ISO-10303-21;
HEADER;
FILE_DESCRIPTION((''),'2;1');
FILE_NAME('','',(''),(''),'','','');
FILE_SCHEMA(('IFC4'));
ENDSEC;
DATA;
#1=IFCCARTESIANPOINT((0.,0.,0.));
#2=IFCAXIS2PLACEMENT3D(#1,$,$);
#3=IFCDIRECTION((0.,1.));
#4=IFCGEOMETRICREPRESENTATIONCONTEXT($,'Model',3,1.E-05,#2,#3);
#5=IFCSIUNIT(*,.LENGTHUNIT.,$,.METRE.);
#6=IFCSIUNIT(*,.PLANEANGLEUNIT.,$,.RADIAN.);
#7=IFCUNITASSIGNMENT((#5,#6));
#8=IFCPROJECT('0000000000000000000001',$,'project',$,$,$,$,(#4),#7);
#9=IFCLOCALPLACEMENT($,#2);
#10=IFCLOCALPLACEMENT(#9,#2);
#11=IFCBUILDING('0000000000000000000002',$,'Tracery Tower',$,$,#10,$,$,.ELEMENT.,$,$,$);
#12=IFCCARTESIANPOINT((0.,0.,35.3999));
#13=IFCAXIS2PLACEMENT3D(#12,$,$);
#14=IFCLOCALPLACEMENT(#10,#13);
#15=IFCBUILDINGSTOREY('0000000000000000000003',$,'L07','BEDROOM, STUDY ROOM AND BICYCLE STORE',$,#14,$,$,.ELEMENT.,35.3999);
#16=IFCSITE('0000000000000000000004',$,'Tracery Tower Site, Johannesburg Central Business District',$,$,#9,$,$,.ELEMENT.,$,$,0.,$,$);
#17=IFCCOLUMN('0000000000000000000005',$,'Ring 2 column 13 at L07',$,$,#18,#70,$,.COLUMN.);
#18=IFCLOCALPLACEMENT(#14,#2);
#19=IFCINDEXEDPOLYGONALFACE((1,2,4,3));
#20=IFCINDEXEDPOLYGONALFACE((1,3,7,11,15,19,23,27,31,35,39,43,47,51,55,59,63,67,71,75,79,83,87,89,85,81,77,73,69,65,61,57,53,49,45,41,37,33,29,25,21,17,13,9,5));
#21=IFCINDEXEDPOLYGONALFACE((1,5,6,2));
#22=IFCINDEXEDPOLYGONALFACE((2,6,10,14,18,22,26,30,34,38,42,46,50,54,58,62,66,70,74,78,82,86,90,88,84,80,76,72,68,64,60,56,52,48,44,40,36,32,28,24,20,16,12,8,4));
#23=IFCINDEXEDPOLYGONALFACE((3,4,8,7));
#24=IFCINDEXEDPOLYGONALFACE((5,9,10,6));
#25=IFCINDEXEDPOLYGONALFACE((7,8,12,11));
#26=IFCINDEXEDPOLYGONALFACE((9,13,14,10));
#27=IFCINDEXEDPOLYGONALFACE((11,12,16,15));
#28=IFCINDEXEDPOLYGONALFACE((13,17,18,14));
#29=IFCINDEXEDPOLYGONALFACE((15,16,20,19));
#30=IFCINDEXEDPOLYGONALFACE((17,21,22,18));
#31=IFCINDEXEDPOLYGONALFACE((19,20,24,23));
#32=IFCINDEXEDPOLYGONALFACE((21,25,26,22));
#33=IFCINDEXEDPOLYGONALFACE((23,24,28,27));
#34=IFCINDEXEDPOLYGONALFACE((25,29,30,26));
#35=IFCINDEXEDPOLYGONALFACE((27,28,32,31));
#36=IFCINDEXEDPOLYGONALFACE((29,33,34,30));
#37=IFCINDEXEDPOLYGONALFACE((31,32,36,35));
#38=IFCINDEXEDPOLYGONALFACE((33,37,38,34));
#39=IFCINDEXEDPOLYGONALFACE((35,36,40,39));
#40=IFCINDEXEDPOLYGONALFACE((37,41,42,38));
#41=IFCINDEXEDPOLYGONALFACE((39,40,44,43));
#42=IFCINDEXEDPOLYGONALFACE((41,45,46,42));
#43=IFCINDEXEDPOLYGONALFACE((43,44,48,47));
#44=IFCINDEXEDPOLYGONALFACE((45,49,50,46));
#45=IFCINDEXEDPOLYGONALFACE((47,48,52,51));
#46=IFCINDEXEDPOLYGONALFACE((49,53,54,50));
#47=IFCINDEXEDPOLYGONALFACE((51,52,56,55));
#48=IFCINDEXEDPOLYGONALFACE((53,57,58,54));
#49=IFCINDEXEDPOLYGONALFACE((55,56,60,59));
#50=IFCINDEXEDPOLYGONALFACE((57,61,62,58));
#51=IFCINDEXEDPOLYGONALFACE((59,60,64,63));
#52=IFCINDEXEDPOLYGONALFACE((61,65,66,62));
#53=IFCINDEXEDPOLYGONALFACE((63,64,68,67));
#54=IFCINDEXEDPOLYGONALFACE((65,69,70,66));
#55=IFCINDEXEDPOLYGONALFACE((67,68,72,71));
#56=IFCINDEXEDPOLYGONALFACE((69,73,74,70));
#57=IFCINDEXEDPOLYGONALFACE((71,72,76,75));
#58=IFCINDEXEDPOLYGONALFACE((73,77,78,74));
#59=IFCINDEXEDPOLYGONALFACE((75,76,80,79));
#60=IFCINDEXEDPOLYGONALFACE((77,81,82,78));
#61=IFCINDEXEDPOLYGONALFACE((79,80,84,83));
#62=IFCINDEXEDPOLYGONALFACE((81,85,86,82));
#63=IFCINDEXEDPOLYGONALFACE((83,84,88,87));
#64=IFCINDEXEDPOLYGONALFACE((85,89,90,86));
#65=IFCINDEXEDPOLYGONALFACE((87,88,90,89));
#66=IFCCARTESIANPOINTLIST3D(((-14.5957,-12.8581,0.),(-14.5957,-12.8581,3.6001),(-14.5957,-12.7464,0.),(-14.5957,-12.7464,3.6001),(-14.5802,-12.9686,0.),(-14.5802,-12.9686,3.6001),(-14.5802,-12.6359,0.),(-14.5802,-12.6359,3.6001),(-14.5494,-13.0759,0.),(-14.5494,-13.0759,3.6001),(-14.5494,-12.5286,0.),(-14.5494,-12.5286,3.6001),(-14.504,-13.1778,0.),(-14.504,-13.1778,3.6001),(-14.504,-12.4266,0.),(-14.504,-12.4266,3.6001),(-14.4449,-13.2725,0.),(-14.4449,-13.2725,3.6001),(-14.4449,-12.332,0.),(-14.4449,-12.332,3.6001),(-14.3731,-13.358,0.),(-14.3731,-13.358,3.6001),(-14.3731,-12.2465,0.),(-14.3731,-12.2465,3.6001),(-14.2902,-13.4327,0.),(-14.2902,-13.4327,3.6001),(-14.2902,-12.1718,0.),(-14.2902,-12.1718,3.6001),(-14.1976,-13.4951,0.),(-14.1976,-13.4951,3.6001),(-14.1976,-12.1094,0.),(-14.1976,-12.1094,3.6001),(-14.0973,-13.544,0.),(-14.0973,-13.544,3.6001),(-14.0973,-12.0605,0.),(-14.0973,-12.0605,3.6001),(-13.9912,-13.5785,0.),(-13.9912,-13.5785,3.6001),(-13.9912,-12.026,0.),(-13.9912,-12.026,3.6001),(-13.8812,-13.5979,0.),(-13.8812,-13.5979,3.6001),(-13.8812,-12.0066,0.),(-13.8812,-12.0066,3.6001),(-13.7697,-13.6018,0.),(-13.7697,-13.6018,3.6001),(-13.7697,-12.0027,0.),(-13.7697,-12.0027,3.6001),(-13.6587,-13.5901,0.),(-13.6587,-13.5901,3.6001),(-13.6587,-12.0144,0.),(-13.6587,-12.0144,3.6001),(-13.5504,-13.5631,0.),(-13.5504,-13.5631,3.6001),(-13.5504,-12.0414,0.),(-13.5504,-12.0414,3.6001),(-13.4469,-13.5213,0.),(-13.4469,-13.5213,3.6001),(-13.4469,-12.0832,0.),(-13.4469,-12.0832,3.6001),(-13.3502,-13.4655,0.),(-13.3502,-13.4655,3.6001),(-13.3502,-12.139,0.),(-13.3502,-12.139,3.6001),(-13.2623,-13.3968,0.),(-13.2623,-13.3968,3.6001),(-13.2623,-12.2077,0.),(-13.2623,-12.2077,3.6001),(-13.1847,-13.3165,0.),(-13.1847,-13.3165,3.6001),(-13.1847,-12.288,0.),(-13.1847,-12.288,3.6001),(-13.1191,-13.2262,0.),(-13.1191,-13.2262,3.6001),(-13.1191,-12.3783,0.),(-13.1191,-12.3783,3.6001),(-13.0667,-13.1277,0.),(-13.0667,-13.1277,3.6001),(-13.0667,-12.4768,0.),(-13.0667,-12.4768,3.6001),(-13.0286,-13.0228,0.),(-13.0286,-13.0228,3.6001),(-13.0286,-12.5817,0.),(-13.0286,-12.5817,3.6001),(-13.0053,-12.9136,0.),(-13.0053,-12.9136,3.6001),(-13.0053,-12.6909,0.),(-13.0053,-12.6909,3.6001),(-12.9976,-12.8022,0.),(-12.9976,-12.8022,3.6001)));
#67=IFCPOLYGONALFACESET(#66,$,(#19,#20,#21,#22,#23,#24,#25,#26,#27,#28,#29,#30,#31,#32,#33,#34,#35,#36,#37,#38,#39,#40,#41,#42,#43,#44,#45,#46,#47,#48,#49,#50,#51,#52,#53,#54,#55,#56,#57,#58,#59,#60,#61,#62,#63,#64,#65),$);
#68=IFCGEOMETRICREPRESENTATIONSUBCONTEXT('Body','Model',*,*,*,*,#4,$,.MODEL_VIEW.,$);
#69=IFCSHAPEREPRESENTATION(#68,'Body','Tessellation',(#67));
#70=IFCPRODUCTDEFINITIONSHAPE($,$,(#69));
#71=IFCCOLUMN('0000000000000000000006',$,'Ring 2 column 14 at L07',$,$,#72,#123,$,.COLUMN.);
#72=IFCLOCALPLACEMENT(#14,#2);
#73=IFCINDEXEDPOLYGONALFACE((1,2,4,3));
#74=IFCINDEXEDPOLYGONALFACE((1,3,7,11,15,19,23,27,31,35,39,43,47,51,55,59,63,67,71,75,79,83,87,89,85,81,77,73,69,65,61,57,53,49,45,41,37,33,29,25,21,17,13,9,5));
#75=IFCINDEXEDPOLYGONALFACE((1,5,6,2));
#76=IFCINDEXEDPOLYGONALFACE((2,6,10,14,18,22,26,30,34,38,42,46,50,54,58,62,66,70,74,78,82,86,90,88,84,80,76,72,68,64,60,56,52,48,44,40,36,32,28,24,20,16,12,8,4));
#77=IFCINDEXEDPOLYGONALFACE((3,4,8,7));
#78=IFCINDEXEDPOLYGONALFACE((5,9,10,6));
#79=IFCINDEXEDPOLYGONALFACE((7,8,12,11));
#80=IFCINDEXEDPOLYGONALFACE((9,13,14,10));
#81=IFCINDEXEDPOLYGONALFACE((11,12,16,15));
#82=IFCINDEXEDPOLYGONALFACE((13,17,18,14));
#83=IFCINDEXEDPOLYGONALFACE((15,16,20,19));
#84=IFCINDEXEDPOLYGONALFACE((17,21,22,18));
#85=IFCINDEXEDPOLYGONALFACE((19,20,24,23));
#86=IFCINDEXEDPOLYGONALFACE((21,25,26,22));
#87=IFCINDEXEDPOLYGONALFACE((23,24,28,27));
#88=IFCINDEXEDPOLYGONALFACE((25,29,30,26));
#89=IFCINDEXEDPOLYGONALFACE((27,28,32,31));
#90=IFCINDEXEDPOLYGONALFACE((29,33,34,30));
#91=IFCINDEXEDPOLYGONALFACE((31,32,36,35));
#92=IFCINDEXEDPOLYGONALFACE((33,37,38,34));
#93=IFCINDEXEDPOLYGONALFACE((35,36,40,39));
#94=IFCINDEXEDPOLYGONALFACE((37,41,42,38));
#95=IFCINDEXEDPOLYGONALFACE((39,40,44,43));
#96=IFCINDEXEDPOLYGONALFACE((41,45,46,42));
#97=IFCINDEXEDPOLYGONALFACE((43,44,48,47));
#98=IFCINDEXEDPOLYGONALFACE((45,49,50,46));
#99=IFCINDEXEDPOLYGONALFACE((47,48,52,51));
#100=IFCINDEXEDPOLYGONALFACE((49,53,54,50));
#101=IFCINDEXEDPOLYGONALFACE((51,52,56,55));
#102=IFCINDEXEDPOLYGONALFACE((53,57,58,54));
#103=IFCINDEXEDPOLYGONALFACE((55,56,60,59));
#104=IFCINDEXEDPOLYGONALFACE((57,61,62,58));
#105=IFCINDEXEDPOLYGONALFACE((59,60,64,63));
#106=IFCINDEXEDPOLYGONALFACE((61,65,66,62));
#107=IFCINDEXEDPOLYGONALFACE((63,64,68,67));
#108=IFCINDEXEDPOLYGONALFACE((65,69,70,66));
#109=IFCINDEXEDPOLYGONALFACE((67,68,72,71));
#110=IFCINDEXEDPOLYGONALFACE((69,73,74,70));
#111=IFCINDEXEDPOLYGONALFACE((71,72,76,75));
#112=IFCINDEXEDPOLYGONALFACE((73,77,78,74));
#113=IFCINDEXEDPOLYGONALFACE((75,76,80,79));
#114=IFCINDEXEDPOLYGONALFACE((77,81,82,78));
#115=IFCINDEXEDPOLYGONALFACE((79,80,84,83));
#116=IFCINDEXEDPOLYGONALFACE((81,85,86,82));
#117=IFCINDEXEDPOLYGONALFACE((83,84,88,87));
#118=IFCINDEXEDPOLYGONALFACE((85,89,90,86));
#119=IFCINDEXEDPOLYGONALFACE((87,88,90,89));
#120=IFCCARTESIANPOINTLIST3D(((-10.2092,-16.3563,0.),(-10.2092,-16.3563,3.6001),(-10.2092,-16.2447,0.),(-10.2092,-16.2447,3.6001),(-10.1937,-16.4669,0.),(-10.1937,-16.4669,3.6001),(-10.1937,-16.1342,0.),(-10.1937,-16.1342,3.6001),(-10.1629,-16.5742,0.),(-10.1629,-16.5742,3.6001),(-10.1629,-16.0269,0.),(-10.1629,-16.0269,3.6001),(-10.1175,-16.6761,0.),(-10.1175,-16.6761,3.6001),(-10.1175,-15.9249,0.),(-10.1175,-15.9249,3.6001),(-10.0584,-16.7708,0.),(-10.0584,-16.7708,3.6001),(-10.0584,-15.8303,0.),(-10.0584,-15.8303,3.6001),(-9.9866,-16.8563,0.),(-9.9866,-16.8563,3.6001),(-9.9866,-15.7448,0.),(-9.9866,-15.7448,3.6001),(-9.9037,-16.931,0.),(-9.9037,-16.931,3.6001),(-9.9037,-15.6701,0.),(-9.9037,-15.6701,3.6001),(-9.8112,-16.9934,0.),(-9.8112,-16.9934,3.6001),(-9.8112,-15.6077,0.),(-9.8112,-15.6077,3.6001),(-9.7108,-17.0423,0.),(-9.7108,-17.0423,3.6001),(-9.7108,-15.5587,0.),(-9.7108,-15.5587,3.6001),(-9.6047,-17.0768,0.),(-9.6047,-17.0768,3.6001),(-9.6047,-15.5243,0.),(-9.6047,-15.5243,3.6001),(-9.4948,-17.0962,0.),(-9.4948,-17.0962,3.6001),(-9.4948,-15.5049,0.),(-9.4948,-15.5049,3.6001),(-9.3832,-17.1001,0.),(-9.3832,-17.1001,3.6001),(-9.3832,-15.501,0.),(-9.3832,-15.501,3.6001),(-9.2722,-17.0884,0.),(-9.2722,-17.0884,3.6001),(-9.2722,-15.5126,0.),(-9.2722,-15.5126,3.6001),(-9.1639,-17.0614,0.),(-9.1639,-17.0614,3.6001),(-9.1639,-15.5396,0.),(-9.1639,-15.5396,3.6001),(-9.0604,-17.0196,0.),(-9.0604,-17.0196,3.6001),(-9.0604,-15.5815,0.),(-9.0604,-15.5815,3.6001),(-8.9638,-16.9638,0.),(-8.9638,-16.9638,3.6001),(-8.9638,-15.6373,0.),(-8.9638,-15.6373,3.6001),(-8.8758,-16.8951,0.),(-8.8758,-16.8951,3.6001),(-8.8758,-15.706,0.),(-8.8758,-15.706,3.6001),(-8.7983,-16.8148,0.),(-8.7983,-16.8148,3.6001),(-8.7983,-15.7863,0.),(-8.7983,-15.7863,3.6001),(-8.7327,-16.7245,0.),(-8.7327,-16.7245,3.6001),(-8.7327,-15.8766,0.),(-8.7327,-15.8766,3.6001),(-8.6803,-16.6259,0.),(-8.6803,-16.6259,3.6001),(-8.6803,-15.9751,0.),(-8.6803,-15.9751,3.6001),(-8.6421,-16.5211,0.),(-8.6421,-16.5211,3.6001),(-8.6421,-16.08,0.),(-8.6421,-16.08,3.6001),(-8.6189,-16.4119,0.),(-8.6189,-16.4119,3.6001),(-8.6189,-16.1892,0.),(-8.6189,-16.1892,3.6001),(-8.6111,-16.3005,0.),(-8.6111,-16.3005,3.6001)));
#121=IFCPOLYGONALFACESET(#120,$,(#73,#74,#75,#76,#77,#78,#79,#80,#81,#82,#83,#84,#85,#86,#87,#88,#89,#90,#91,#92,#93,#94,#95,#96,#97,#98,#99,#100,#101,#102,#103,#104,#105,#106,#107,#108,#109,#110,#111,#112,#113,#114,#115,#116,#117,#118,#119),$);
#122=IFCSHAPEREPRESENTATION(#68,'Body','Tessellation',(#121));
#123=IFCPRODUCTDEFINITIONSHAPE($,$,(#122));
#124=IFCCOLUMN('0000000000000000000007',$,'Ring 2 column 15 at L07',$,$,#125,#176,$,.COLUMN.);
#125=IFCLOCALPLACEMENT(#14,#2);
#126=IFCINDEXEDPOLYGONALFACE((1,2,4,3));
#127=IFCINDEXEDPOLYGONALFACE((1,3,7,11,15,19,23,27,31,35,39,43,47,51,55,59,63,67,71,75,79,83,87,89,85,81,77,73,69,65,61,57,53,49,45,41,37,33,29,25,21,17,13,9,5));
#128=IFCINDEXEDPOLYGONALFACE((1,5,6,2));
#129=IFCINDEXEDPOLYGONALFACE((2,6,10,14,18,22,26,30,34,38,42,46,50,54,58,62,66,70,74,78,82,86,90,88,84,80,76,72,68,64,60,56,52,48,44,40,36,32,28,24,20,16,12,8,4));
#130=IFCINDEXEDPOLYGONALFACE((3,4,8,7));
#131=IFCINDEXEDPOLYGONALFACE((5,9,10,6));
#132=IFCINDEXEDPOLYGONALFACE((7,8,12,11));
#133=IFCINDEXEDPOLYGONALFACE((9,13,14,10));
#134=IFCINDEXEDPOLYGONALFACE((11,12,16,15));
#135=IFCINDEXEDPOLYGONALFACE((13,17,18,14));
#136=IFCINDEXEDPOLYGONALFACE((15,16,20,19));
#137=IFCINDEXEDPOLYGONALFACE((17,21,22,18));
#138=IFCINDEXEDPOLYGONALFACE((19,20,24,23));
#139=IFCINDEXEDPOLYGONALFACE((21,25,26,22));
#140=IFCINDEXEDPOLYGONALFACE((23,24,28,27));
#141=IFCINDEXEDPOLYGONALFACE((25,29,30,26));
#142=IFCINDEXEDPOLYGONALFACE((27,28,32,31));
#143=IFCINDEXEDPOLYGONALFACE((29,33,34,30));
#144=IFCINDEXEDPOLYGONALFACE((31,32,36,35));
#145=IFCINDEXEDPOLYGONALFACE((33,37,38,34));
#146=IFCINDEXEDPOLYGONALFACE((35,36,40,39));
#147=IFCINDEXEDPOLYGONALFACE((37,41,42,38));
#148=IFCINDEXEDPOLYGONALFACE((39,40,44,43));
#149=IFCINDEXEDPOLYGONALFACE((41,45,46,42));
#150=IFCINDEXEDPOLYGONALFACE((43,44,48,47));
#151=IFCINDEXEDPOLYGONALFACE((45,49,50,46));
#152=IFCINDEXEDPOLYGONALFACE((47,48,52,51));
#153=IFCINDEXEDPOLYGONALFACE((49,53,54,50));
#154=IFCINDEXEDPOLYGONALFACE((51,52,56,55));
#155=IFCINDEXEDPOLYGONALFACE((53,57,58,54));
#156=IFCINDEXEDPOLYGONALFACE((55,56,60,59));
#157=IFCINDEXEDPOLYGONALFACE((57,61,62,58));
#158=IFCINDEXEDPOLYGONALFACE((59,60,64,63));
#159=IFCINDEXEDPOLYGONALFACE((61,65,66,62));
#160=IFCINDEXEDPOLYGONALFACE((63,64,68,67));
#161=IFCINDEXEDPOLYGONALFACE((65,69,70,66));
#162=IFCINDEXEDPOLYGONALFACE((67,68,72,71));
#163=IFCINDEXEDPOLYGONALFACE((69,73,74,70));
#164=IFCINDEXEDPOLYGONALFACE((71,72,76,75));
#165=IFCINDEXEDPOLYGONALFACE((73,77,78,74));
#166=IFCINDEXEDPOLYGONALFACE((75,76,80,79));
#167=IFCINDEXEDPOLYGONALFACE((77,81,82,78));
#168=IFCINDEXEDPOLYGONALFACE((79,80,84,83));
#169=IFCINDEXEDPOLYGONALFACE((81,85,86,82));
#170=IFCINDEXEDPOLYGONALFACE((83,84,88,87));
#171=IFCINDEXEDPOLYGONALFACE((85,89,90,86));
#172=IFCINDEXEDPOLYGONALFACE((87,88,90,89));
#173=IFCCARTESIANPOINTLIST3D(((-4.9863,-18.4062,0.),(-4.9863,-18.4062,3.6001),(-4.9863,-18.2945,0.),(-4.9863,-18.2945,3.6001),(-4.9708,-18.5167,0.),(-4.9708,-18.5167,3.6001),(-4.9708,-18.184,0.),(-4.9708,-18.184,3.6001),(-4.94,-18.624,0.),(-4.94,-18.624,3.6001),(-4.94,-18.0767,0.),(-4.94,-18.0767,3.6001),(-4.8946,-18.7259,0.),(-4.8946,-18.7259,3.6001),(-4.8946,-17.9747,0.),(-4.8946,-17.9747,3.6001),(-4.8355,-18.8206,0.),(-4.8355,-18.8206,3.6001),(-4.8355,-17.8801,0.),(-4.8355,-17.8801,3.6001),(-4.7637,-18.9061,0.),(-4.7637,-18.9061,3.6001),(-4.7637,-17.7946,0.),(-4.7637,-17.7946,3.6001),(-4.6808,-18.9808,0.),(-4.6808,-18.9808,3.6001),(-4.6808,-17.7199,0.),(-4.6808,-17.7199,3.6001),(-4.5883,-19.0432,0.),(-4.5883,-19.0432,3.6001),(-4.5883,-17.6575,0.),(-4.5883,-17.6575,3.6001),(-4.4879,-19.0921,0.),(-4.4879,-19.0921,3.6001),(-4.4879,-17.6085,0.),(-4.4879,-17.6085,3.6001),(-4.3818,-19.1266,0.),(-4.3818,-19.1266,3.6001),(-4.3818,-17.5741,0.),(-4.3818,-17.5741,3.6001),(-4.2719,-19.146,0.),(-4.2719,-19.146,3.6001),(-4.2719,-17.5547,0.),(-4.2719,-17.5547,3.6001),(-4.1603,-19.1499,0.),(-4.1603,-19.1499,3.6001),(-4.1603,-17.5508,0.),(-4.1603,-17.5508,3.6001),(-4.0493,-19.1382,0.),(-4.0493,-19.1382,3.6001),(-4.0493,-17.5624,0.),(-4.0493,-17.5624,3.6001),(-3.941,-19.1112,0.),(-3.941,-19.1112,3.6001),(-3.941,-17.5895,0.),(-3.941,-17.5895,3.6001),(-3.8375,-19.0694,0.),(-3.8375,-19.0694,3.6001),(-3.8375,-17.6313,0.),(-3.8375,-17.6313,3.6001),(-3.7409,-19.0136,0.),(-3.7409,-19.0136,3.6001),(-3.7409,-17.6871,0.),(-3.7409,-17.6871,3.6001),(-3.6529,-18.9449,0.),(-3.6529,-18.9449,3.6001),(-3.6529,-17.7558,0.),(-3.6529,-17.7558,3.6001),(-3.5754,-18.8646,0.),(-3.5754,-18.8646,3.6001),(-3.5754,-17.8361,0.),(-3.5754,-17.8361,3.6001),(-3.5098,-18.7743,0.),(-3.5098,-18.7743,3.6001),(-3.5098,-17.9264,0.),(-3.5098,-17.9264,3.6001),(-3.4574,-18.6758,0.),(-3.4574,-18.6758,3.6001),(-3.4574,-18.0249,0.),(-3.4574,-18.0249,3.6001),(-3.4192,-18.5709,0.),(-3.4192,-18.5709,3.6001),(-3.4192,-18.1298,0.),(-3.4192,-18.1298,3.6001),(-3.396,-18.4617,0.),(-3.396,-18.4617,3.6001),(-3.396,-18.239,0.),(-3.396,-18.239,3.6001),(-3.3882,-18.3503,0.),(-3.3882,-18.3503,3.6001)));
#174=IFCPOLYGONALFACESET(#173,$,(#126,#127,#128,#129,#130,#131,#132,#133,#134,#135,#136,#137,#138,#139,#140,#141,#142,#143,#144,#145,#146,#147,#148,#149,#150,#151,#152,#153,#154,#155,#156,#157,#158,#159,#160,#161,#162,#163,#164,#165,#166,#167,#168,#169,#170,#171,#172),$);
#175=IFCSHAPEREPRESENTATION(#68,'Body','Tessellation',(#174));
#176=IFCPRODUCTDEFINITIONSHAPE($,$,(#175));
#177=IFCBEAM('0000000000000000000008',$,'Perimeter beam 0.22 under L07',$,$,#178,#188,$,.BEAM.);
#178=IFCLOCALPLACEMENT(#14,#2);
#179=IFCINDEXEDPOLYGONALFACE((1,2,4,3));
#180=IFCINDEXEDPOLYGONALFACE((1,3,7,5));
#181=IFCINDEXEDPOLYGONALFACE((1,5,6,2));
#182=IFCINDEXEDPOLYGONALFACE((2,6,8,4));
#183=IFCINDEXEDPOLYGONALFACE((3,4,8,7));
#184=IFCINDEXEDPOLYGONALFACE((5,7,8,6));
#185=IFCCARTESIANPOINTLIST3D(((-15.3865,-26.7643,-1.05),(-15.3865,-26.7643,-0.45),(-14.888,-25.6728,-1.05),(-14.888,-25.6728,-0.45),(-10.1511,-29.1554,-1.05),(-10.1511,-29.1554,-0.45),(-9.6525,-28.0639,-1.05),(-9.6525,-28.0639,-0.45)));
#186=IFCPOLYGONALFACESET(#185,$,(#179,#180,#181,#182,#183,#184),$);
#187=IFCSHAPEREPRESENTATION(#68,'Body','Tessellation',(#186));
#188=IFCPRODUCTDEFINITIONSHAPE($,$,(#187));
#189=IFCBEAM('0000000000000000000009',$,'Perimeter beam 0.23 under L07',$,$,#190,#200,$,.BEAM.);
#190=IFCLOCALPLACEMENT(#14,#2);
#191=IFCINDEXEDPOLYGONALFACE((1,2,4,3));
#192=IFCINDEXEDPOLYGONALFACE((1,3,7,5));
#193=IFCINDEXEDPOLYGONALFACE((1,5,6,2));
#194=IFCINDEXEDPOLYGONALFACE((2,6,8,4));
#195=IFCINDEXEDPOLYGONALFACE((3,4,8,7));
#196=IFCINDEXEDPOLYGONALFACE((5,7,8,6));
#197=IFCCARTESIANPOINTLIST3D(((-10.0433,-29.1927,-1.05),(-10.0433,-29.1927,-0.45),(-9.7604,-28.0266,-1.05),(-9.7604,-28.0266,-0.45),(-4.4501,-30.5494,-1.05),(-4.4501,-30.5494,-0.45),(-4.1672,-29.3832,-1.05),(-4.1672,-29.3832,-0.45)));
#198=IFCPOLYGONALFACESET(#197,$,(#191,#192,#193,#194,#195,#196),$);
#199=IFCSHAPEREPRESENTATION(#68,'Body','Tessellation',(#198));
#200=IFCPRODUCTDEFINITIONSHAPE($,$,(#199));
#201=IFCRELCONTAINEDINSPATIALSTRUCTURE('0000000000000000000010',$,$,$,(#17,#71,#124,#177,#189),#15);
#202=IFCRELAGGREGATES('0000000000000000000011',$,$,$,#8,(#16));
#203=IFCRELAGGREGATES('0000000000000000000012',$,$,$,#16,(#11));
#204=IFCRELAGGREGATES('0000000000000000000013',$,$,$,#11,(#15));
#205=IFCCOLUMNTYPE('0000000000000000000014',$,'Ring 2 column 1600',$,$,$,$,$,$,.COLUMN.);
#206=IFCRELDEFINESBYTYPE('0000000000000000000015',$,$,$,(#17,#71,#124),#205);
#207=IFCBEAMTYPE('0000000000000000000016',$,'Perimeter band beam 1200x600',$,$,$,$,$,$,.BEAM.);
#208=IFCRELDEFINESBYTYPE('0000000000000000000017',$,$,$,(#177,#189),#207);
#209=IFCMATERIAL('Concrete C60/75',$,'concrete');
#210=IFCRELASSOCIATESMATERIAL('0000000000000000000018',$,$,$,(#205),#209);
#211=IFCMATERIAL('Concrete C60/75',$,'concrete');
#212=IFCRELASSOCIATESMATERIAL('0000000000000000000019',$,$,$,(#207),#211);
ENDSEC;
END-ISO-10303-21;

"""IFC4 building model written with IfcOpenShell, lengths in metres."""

from ifc_helpers import new_model, si_unit, direction, frame, origin, origin_2d, place, context, subcontext, project, spatial, rectangle, circle, extrude, material, material_profile, profile_set, type_object, element, save


model = new_model("IFC4")

# Units and contexts
model_context = context("Model", 3, precision=1e-05, world=origin(), true_north=direction((0.0, 1.0)))
body_context = subcontext(model_context, "Body", "Model", "MODEL_VIEW")
ifc_project = project(units=[si_unit("LENGTHUNIT", "METRE"), si_unit("PLANEANGLEUNIT", "RADIAN")], contexts=[model_context])

# Site, building, storey
site_placement = place(None, origin())
site = spatial("IfcSite", under=ifc_project, at=site_placement, Name="Tracery Tower Site, Johannesburg Central Business District", CompositionType="ELEMENT", RefElevation=0.0)
building_placement = place(site_placement, origin())
building = spatial("IfcBuilding", under=site, at=building_placement, Name="Tracery Tower", CompositionType="ELEMENT")
storey_placement = place(building_placement, frame((0.0, 0.0, 35.3999)))
storey = spatial("IfcBuildingStorey", under=building, at=storey_placement, Name="L07", Description="BEDROOM, STUDY ROOM AND BICYCLE STORE", CompositionType="ELEMENT", Elevation=35.3999)

# Columns
ifc_material_1 = material(Name="Concrete C60/75", Category="concrete")
ifc_material_profile_1 = material_profile(ifc_material_1, circle(Radius=0.8, at=origin_2d()), Name="RC D1600")
ifc_profile_set_1 = profile_set([ifc_material_profile_1], Name="Concrete C60/75")
column_type_1 = type_object("IfcColumnType", Name="Ring 2 column 1600", PredefinedType="COLUMN", material=ifc_profile_set_1)
for number, where, z_axis, x_axis, name in (
    (1, (-13.7976, -12.8022, 0.0), (0.0, 0.0, 1.0), (1.0, 0.0, 0.0), "Ring 2 column 13 at L07"),
    (2, (-9.4111, -16.3005, 0.0), (0.0, 0.0, 1.0), (1.0, 0.0, 0.0), "Ring 2 column 14 at L07"),
    (3, (-4.1882, -18.3503, 0.0), (0.0, 0.0, 1.0), (1.0, 0.0, 0.0), "Ring 2 column 15 at L07"),
):
    element("IfcColumn", number, at=place(storey_placement, frame(where, z_axis=z_axis, x_axis=x_axis)), inside=storey, type_object=column_type_1, Name=name, PredefinedType="COLUMN", context=body_context, shape_type="SweptSolid", body=[
        extrude(circle(Radius=0.8, at=origin_2d()), origin(), (0.0, 0.0, 1.0), 3.6001),
    ])

# Beams
ifc_material_2 = material(Name="Concrete C60/75", Category="concrete")
ifc_material_profile_2 = material_profile(ifc_material_2, rectangle(XDim=1.2, YDim=0.6001, at=origin_2d()), Name="RC 1200x600")
ifc_profile_set_2 = profile_set([ifc_material_profile_2], Name="Concrete C60/75")
beam_type = type_object("IfcBeamType", Name="Perimeter band beam 1200x600", PredefinedType="BEAM", material=ifc_profile_set_2)
beam_1_placement = place(storey_placement, frame((-15.1372, -26.2185, -0.75), z_axis=(0.909618, -0.415445, 0.0), x_axis=(0.415445, 0.909618, 0.0)))
element("IfcBeam", 4, at=beam_1_placement, inside=storey, type_object=beam_type, Name="Perimeter beam 0.22 under L07", PredefinedType="BEAM", context=body_context, shape_type="SweptSolid", body=[
    extrude(rectangle(XDim=1.2, YDim=0.6001, at=origin_2d()), origin(), (0.0, 0.0, 1.0), 5.7556),
])
beam_2_placement = place(storey_placement, frame((-9.9019, -28.6096, -0.75), z_axis=(0.97182, -0.235723, 0.0), x_axis=(0.235723, 0.97182, 0.0)))
element("IfcBeam", 5, at=beam_2_placement, inside=storey, type_object=beam_type, Name="Perimeter beam 0.23 under L07", PredefinedType="BEAM", context=body_context, shape_type="SweptSolid", body=[
    extrude(rectangle(XDim=1.2, YDim=0.6001, at=origin_2d()), origin(), (0.0, 0.0, 1.0), 5.7554),
])

save(model, "model.ifc")
